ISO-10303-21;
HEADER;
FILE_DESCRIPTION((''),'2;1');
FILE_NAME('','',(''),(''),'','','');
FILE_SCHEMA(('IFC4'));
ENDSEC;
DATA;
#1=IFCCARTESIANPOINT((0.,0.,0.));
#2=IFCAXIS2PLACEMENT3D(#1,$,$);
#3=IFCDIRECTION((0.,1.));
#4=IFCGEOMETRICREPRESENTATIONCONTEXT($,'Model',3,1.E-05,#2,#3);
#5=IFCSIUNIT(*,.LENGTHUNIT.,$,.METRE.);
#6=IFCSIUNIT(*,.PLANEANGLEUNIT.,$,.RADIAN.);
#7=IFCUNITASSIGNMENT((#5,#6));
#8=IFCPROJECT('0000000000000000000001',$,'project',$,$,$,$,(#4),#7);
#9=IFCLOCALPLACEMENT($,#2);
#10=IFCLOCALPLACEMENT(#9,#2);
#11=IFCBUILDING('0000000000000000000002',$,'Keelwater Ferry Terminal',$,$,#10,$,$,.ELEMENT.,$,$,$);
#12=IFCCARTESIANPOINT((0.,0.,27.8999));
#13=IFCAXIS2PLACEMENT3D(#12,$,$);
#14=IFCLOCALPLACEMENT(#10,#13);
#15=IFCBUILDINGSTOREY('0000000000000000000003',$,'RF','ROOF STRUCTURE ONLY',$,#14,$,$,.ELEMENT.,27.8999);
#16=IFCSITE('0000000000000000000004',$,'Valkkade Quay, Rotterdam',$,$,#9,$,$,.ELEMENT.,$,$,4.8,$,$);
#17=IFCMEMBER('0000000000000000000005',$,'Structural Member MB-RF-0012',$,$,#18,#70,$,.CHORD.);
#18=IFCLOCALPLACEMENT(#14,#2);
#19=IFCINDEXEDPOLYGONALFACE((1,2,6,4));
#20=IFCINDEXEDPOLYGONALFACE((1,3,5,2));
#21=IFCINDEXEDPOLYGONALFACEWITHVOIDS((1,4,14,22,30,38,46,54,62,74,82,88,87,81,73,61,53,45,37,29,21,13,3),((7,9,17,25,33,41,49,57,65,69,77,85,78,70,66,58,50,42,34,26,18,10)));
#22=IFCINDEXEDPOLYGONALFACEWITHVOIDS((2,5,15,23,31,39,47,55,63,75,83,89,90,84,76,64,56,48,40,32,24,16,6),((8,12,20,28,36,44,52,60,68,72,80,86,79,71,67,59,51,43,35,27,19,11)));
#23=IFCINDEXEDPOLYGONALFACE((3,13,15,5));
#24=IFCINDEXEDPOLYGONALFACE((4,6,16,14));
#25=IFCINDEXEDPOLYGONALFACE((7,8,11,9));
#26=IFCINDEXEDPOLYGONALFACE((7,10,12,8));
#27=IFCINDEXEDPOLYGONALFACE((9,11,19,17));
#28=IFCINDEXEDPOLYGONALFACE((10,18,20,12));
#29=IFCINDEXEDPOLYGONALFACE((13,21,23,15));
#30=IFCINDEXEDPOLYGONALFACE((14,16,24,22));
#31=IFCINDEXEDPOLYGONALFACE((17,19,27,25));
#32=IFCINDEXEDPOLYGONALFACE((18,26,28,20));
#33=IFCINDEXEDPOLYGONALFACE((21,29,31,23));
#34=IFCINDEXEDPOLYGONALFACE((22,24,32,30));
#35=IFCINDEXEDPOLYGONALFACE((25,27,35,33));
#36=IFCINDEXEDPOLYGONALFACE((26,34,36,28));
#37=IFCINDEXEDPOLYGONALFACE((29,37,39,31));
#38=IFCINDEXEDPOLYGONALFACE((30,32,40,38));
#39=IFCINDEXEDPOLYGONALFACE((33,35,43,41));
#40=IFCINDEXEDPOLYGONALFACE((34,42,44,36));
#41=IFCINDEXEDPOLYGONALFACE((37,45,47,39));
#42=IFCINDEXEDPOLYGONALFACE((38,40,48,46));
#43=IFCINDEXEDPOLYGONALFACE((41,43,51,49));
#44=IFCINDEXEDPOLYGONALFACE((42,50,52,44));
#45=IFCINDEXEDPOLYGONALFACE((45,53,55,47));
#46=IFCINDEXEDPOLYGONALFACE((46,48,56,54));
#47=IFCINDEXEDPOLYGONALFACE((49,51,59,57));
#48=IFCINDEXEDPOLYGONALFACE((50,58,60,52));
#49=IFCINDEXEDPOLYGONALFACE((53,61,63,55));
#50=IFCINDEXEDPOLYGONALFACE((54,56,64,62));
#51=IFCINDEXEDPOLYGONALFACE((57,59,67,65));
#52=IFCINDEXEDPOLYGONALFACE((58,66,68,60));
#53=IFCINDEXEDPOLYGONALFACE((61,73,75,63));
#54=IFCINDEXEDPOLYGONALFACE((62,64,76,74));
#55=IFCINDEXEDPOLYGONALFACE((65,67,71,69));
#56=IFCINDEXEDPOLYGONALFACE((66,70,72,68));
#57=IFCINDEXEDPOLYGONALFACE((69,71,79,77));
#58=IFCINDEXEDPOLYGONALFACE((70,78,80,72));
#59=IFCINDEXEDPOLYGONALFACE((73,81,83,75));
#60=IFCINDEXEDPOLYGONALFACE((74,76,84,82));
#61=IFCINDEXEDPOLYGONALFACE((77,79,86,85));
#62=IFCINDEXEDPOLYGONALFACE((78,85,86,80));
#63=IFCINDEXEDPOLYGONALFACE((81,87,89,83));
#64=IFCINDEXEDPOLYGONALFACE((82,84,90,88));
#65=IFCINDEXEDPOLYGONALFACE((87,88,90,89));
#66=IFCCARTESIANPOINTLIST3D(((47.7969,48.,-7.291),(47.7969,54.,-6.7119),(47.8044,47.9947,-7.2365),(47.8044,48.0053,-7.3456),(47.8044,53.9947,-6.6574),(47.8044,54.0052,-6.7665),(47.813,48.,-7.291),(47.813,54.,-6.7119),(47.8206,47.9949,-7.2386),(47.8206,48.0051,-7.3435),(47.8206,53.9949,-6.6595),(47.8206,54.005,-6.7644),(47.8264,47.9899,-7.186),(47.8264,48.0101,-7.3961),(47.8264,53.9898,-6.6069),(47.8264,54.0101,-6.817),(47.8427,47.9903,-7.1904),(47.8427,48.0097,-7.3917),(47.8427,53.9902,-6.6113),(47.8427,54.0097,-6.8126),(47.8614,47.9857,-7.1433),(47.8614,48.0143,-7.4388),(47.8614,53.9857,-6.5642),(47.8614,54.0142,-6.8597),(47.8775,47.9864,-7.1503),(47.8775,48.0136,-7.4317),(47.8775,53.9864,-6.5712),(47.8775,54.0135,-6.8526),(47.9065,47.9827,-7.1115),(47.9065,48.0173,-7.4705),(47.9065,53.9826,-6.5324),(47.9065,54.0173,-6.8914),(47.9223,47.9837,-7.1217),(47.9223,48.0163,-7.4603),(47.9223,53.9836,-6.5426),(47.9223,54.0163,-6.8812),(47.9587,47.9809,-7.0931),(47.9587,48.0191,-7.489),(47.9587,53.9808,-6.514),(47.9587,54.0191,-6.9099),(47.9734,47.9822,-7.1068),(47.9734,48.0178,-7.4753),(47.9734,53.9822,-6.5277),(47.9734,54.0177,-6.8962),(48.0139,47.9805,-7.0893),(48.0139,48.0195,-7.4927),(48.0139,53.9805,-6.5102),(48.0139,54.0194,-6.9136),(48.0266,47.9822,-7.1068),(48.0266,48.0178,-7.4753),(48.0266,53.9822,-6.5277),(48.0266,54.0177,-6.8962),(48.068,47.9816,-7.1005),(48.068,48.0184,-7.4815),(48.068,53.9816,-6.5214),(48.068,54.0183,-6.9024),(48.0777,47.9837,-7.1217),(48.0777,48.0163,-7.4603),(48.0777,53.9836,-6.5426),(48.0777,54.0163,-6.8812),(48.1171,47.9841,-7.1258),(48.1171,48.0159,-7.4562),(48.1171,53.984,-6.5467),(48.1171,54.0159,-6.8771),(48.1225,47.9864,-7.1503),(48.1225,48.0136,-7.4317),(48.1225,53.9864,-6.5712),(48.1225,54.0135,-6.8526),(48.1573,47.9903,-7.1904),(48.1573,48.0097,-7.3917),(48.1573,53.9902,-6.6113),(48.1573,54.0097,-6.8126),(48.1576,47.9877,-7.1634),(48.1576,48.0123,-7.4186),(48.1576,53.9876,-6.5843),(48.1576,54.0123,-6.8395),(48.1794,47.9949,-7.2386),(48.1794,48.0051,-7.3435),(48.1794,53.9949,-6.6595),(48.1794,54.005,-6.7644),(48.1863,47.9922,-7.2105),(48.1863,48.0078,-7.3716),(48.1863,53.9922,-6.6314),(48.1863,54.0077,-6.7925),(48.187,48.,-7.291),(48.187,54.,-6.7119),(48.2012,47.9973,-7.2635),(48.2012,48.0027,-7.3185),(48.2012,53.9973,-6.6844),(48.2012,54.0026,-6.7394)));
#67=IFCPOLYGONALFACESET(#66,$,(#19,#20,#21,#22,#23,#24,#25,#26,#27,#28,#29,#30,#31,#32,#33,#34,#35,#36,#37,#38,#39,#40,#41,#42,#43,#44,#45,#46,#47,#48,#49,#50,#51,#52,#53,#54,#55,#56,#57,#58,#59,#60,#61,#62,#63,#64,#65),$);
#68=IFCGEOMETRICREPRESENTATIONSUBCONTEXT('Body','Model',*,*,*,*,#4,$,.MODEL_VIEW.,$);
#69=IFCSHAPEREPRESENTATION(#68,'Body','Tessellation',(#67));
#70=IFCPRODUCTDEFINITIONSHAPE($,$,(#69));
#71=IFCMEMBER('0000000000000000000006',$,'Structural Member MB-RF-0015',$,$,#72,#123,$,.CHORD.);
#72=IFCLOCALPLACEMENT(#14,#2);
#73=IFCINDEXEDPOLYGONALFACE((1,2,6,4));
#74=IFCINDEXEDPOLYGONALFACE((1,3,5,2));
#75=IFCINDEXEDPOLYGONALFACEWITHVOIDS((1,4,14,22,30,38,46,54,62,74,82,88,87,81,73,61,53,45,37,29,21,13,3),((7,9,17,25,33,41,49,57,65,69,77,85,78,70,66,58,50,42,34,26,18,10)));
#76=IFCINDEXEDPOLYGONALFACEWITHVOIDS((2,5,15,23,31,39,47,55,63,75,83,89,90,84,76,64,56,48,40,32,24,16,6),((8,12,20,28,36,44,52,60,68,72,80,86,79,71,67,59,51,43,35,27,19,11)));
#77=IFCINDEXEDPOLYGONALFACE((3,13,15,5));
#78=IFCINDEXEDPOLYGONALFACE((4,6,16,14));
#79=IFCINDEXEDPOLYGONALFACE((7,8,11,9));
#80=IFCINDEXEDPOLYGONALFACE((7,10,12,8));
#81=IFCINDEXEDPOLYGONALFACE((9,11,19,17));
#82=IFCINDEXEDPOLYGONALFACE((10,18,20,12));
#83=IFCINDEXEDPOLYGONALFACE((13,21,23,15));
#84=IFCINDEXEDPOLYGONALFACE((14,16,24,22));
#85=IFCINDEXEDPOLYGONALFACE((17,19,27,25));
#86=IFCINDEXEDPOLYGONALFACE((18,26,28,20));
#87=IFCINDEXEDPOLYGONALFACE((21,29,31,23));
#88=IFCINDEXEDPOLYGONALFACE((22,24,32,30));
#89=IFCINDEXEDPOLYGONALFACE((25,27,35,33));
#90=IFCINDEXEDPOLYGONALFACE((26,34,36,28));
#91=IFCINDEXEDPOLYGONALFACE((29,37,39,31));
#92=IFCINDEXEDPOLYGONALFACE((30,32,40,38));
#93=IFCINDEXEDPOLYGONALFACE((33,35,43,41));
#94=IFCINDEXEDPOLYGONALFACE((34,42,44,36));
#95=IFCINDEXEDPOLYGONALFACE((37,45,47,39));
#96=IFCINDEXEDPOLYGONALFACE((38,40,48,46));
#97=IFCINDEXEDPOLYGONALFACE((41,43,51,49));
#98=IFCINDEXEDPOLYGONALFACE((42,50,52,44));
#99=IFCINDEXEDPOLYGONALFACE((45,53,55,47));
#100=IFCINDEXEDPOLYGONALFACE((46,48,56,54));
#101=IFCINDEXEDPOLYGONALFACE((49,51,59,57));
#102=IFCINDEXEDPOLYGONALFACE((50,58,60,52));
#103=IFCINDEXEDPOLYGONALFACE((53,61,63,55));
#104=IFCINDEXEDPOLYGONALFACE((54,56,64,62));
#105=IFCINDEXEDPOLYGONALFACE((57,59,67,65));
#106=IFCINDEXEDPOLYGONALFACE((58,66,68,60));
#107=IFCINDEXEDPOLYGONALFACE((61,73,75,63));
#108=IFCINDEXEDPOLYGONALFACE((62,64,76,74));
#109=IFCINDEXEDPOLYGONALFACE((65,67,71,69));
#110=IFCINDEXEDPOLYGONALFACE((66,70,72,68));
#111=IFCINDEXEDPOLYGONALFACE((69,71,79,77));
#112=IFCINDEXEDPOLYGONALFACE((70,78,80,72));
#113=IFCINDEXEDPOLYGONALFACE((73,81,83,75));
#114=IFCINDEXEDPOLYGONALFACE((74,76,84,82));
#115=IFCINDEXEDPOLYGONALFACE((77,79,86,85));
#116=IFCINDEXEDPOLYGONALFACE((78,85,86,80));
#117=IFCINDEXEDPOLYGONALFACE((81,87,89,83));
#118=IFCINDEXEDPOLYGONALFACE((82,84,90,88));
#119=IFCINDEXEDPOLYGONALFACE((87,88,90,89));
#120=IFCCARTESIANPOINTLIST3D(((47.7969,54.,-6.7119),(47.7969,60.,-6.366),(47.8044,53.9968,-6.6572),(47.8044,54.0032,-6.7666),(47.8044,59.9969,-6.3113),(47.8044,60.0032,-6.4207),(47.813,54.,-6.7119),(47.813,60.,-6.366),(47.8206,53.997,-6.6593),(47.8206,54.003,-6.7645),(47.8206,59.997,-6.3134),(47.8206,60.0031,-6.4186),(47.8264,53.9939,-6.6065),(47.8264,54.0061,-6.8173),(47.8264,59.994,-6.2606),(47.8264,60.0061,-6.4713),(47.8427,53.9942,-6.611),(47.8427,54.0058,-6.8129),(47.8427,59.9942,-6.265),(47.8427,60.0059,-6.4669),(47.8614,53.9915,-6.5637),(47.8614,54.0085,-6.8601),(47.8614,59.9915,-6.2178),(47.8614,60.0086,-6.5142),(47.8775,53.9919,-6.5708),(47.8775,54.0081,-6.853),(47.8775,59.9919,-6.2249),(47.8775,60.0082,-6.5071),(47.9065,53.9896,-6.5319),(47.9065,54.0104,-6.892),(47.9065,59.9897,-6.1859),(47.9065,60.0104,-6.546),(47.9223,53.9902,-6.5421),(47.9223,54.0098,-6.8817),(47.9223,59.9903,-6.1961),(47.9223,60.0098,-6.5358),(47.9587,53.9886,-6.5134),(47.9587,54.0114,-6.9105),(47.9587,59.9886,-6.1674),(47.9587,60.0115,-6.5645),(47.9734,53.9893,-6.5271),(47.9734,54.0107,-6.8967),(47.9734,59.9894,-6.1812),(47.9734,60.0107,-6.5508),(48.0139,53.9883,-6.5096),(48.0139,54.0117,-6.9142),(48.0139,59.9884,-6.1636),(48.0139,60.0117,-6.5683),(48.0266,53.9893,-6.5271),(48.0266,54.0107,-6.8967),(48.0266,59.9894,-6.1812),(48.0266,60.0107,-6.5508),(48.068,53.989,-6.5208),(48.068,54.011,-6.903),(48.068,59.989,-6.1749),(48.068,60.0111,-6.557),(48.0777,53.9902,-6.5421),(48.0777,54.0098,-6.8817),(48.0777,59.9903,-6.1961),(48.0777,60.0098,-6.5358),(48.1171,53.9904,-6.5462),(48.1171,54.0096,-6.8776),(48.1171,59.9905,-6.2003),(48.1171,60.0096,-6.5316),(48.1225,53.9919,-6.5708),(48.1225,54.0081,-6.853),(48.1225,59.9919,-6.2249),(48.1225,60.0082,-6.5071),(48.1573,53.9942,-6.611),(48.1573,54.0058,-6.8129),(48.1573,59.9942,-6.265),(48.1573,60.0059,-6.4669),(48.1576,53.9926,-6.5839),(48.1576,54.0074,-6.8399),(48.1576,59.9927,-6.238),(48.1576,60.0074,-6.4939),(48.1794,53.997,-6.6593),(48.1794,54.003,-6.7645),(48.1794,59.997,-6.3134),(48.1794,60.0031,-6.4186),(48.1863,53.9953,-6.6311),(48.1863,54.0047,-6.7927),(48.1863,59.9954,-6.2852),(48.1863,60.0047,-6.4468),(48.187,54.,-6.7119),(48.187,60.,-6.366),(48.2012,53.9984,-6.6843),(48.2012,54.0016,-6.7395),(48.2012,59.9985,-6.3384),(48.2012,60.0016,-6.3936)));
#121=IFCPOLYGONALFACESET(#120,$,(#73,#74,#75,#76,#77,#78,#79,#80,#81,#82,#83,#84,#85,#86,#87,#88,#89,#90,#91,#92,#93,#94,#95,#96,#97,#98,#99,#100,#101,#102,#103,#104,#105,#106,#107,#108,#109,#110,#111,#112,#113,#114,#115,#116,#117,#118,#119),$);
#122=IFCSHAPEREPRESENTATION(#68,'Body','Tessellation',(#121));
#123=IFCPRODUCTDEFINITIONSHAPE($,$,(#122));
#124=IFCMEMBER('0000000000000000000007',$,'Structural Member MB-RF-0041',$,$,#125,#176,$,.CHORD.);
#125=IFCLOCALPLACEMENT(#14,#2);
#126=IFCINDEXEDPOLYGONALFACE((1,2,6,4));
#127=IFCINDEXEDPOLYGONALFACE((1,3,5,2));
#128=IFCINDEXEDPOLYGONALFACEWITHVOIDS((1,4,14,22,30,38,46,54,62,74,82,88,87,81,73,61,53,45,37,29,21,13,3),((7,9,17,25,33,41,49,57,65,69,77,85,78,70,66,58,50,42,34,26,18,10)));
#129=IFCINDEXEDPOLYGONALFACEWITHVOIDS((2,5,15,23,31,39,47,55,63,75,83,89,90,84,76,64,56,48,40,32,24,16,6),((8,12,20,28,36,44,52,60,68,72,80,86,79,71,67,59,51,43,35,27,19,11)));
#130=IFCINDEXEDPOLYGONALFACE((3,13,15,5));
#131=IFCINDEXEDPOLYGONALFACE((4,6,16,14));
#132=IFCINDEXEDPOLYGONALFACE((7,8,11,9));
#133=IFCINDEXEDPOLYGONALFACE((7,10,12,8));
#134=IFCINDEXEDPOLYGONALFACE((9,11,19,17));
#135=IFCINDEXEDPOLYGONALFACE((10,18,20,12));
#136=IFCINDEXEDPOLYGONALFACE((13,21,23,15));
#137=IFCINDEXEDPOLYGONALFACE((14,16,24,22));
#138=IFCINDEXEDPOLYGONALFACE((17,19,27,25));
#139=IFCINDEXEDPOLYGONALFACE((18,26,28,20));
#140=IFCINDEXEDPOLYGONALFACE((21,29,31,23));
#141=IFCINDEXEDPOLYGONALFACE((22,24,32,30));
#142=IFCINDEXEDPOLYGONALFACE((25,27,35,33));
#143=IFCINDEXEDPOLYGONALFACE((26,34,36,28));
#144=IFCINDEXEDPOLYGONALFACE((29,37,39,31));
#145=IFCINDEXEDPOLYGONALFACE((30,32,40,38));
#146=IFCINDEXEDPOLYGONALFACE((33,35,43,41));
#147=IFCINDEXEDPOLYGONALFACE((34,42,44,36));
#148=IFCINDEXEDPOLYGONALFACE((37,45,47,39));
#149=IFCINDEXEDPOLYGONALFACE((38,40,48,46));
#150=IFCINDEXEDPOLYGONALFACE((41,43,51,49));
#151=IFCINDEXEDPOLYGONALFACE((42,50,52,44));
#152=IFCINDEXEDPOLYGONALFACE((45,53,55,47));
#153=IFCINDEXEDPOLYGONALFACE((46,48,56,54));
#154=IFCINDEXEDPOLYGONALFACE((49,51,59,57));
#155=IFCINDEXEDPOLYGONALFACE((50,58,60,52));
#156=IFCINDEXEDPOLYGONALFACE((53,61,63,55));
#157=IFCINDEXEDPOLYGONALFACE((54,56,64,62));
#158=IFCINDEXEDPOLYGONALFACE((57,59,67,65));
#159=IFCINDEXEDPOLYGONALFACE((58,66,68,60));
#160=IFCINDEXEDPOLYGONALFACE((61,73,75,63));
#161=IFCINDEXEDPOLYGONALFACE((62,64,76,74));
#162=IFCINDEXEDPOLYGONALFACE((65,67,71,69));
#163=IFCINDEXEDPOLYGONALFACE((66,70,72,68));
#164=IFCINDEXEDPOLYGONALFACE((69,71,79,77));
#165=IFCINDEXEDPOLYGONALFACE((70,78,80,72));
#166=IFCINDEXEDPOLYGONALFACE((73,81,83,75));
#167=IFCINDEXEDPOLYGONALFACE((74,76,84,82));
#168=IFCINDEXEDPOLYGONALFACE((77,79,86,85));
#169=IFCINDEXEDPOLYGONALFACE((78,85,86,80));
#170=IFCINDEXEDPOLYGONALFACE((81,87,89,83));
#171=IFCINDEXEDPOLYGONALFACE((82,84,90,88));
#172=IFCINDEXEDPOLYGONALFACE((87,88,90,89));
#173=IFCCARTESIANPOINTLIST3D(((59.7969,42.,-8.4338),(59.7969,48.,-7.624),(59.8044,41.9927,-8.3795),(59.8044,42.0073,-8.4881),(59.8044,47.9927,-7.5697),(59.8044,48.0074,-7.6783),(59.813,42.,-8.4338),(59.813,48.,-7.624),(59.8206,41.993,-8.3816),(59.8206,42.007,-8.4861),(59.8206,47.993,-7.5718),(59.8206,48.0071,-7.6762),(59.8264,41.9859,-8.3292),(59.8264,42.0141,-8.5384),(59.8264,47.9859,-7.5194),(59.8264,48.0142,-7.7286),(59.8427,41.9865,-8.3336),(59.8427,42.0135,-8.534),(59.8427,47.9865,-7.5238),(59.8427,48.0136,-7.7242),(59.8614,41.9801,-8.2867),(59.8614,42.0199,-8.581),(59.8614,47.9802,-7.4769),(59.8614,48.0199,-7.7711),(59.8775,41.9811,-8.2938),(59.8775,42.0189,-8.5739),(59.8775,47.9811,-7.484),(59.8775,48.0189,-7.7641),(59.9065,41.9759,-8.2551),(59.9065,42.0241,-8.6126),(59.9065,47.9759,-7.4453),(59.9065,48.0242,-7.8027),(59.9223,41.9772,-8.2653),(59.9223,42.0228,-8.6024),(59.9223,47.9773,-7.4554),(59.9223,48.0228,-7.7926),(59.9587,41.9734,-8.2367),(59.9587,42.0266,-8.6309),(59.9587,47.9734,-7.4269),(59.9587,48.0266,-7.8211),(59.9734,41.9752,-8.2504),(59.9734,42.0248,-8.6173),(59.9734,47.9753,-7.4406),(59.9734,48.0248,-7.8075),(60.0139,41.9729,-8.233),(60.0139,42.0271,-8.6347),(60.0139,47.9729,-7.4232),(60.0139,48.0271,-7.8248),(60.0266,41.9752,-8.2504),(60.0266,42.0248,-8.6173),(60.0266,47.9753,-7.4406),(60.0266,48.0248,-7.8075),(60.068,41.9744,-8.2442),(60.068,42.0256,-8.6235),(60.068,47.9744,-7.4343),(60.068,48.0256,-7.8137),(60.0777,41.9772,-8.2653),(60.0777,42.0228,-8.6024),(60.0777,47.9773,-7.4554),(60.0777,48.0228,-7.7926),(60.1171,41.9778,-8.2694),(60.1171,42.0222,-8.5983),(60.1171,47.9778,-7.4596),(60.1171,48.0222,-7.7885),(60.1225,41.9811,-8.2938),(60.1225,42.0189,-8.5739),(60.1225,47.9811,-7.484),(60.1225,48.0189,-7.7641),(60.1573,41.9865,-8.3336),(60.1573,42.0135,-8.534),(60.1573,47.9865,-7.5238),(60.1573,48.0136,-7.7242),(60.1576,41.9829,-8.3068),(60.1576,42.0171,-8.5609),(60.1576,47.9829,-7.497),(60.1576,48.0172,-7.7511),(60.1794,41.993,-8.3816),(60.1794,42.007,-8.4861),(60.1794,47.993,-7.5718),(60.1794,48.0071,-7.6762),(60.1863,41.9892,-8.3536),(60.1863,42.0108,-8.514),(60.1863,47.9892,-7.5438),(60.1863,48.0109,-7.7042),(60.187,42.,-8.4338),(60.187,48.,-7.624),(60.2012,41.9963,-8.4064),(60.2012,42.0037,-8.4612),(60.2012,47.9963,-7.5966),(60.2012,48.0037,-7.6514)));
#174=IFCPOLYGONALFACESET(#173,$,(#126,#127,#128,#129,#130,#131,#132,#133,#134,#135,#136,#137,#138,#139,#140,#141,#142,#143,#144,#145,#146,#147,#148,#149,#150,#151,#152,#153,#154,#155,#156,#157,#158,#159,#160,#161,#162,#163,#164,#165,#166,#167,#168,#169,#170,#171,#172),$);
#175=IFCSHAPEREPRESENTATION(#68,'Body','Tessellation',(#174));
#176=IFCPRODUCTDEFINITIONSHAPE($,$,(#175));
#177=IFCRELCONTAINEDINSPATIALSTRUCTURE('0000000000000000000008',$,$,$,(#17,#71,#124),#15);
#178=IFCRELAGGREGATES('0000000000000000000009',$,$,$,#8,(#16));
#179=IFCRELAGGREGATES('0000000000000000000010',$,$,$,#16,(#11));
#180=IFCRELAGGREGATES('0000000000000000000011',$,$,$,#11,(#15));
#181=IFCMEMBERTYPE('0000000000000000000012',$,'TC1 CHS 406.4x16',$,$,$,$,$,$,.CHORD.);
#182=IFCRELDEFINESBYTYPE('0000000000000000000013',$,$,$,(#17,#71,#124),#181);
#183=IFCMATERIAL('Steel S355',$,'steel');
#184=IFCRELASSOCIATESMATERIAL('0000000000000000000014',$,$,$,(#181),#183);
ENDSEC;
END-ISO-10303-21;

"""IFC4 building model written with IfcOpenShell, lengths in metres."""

from ifc_helpers import new_model, si_unit, direction, frame, origin, origin_2d, place, context, subcontext, project, spatial, hollow_circle, extrude, material, material_profile, profile_set, type_object, element, save


model = new_model("IFC4")

# Units and contexts
model_context = context("Model", 3, precision=1e-05, world=origin(), true_north=direction((0.0, 1.0)))
body_context = subcontext(model_context, "Body", "Model", "MODEL_VIEW")
ifc_project = project(units=[si_unit("LENGTHUNIT", "METRE"), si_unit("PLANEANGLEUNIT", "RADIAN")], contexts=[model_context])

# Site, building, storey
site_placement = place(None, origin())
site = spatial("IfcSite", under=ifc_project, at=site_placement, Name="Valkkade Quay, Rotterdam", CompositionType="ELEMENT", RefElevation=4.8)
building_placement = place(site_placement, origin())
building = spatial("IfcBuilding", under=site, at=building_placement, Name="Keelwater Ferry Terminal", CompositionType="ELEMENT")
storey_placement = place(building_placement, frame((0.0, 0.0, 27.8999)))
storey = spatial("IfcBuildingStorey", under=building, at=storey_placement, Name="RF", Description="ROOF STRUCTURE ONLY", CompositionType="ELEMENT", Elevation=27.8999)

# Members
ifc_material_1 = material(Name="Steel S355", Category="steel")
ifc_material_profile_1 = material_profile(ifc_material_1, hollow_circle(Radius=0.2031, WallThickness=0.0161, at=origin_2d()), Name="CHS 406.4x16")
ifc_profile_set_1 = profile_set([ifc_material_profile_1], Name="Steel S355")
member_type_1 = type_object("IfcMemberType", Name="TC1 CHS 406.4x16", PredefinedType="CHORD", material=ifc_profile_set_1)
member_1_placement = place(storey_placement, frame((48.0, 48.0, -7.291), z_axis=(0.0, 0.995375, 0.09607), x_axis=(-1.0, 0.0, 0.0)))
element("IfcMember", 1, at=member_1_placement, inside=storey, type_object=member_type_1, Name="Structural Member MB-RF-0012", PredefinedType="CHORD", context=body_context, shape_type="SweptSolid", body=[
    extrude(hollow_circle(Radius=0.2031, WallThickness=0.0161, at=origin_2d()), origin(), (0.0, 0.0, 1.0), 6.0278),
])
member_2_placement = place(storey_placement, frame((48.0, 54.0, -6.7119), z_axis=(0.0, 0.998342, 0.057562), x_axis=(-1.0, 0.0, 0.0)))
element("IfcMember", 2, at=member_2_placement, inside=storey, type_object=member_type_1, Name="Structural Member MB-RF-0015", PredefinedType="CHORD", context=body_context, shape_type="SweptSolid", body=[
    extrude(hollow_circle(Radius=0.2031, WallThickness=0.0161, at=origin_2d()), origin(), (0.0, 0.0, 1.0), 6.01),
])
member_3_placement = place(storey_placement, frame((60.0, 42.0, -8.4338), z_axis=(0.0, 0.991014, 0.133756), x_axis=(-1.0, 0.0, 0.0)))
element("IfcMember", 3, at=member_3_placement, inside=storey, type_object=member_type_1, Name="Structural Member MB-RF-0041", PredefinedType="CHORD", context=body_context, shape_type="SweptSolid", body=[
    extrude(hollow_circle(Radius=0.2031, WallThickness=0.0161, at=origin_2d()), origin(), (0.0, 0.0, 1.0), 6.0544),
])

save(model, "model.ifc")
